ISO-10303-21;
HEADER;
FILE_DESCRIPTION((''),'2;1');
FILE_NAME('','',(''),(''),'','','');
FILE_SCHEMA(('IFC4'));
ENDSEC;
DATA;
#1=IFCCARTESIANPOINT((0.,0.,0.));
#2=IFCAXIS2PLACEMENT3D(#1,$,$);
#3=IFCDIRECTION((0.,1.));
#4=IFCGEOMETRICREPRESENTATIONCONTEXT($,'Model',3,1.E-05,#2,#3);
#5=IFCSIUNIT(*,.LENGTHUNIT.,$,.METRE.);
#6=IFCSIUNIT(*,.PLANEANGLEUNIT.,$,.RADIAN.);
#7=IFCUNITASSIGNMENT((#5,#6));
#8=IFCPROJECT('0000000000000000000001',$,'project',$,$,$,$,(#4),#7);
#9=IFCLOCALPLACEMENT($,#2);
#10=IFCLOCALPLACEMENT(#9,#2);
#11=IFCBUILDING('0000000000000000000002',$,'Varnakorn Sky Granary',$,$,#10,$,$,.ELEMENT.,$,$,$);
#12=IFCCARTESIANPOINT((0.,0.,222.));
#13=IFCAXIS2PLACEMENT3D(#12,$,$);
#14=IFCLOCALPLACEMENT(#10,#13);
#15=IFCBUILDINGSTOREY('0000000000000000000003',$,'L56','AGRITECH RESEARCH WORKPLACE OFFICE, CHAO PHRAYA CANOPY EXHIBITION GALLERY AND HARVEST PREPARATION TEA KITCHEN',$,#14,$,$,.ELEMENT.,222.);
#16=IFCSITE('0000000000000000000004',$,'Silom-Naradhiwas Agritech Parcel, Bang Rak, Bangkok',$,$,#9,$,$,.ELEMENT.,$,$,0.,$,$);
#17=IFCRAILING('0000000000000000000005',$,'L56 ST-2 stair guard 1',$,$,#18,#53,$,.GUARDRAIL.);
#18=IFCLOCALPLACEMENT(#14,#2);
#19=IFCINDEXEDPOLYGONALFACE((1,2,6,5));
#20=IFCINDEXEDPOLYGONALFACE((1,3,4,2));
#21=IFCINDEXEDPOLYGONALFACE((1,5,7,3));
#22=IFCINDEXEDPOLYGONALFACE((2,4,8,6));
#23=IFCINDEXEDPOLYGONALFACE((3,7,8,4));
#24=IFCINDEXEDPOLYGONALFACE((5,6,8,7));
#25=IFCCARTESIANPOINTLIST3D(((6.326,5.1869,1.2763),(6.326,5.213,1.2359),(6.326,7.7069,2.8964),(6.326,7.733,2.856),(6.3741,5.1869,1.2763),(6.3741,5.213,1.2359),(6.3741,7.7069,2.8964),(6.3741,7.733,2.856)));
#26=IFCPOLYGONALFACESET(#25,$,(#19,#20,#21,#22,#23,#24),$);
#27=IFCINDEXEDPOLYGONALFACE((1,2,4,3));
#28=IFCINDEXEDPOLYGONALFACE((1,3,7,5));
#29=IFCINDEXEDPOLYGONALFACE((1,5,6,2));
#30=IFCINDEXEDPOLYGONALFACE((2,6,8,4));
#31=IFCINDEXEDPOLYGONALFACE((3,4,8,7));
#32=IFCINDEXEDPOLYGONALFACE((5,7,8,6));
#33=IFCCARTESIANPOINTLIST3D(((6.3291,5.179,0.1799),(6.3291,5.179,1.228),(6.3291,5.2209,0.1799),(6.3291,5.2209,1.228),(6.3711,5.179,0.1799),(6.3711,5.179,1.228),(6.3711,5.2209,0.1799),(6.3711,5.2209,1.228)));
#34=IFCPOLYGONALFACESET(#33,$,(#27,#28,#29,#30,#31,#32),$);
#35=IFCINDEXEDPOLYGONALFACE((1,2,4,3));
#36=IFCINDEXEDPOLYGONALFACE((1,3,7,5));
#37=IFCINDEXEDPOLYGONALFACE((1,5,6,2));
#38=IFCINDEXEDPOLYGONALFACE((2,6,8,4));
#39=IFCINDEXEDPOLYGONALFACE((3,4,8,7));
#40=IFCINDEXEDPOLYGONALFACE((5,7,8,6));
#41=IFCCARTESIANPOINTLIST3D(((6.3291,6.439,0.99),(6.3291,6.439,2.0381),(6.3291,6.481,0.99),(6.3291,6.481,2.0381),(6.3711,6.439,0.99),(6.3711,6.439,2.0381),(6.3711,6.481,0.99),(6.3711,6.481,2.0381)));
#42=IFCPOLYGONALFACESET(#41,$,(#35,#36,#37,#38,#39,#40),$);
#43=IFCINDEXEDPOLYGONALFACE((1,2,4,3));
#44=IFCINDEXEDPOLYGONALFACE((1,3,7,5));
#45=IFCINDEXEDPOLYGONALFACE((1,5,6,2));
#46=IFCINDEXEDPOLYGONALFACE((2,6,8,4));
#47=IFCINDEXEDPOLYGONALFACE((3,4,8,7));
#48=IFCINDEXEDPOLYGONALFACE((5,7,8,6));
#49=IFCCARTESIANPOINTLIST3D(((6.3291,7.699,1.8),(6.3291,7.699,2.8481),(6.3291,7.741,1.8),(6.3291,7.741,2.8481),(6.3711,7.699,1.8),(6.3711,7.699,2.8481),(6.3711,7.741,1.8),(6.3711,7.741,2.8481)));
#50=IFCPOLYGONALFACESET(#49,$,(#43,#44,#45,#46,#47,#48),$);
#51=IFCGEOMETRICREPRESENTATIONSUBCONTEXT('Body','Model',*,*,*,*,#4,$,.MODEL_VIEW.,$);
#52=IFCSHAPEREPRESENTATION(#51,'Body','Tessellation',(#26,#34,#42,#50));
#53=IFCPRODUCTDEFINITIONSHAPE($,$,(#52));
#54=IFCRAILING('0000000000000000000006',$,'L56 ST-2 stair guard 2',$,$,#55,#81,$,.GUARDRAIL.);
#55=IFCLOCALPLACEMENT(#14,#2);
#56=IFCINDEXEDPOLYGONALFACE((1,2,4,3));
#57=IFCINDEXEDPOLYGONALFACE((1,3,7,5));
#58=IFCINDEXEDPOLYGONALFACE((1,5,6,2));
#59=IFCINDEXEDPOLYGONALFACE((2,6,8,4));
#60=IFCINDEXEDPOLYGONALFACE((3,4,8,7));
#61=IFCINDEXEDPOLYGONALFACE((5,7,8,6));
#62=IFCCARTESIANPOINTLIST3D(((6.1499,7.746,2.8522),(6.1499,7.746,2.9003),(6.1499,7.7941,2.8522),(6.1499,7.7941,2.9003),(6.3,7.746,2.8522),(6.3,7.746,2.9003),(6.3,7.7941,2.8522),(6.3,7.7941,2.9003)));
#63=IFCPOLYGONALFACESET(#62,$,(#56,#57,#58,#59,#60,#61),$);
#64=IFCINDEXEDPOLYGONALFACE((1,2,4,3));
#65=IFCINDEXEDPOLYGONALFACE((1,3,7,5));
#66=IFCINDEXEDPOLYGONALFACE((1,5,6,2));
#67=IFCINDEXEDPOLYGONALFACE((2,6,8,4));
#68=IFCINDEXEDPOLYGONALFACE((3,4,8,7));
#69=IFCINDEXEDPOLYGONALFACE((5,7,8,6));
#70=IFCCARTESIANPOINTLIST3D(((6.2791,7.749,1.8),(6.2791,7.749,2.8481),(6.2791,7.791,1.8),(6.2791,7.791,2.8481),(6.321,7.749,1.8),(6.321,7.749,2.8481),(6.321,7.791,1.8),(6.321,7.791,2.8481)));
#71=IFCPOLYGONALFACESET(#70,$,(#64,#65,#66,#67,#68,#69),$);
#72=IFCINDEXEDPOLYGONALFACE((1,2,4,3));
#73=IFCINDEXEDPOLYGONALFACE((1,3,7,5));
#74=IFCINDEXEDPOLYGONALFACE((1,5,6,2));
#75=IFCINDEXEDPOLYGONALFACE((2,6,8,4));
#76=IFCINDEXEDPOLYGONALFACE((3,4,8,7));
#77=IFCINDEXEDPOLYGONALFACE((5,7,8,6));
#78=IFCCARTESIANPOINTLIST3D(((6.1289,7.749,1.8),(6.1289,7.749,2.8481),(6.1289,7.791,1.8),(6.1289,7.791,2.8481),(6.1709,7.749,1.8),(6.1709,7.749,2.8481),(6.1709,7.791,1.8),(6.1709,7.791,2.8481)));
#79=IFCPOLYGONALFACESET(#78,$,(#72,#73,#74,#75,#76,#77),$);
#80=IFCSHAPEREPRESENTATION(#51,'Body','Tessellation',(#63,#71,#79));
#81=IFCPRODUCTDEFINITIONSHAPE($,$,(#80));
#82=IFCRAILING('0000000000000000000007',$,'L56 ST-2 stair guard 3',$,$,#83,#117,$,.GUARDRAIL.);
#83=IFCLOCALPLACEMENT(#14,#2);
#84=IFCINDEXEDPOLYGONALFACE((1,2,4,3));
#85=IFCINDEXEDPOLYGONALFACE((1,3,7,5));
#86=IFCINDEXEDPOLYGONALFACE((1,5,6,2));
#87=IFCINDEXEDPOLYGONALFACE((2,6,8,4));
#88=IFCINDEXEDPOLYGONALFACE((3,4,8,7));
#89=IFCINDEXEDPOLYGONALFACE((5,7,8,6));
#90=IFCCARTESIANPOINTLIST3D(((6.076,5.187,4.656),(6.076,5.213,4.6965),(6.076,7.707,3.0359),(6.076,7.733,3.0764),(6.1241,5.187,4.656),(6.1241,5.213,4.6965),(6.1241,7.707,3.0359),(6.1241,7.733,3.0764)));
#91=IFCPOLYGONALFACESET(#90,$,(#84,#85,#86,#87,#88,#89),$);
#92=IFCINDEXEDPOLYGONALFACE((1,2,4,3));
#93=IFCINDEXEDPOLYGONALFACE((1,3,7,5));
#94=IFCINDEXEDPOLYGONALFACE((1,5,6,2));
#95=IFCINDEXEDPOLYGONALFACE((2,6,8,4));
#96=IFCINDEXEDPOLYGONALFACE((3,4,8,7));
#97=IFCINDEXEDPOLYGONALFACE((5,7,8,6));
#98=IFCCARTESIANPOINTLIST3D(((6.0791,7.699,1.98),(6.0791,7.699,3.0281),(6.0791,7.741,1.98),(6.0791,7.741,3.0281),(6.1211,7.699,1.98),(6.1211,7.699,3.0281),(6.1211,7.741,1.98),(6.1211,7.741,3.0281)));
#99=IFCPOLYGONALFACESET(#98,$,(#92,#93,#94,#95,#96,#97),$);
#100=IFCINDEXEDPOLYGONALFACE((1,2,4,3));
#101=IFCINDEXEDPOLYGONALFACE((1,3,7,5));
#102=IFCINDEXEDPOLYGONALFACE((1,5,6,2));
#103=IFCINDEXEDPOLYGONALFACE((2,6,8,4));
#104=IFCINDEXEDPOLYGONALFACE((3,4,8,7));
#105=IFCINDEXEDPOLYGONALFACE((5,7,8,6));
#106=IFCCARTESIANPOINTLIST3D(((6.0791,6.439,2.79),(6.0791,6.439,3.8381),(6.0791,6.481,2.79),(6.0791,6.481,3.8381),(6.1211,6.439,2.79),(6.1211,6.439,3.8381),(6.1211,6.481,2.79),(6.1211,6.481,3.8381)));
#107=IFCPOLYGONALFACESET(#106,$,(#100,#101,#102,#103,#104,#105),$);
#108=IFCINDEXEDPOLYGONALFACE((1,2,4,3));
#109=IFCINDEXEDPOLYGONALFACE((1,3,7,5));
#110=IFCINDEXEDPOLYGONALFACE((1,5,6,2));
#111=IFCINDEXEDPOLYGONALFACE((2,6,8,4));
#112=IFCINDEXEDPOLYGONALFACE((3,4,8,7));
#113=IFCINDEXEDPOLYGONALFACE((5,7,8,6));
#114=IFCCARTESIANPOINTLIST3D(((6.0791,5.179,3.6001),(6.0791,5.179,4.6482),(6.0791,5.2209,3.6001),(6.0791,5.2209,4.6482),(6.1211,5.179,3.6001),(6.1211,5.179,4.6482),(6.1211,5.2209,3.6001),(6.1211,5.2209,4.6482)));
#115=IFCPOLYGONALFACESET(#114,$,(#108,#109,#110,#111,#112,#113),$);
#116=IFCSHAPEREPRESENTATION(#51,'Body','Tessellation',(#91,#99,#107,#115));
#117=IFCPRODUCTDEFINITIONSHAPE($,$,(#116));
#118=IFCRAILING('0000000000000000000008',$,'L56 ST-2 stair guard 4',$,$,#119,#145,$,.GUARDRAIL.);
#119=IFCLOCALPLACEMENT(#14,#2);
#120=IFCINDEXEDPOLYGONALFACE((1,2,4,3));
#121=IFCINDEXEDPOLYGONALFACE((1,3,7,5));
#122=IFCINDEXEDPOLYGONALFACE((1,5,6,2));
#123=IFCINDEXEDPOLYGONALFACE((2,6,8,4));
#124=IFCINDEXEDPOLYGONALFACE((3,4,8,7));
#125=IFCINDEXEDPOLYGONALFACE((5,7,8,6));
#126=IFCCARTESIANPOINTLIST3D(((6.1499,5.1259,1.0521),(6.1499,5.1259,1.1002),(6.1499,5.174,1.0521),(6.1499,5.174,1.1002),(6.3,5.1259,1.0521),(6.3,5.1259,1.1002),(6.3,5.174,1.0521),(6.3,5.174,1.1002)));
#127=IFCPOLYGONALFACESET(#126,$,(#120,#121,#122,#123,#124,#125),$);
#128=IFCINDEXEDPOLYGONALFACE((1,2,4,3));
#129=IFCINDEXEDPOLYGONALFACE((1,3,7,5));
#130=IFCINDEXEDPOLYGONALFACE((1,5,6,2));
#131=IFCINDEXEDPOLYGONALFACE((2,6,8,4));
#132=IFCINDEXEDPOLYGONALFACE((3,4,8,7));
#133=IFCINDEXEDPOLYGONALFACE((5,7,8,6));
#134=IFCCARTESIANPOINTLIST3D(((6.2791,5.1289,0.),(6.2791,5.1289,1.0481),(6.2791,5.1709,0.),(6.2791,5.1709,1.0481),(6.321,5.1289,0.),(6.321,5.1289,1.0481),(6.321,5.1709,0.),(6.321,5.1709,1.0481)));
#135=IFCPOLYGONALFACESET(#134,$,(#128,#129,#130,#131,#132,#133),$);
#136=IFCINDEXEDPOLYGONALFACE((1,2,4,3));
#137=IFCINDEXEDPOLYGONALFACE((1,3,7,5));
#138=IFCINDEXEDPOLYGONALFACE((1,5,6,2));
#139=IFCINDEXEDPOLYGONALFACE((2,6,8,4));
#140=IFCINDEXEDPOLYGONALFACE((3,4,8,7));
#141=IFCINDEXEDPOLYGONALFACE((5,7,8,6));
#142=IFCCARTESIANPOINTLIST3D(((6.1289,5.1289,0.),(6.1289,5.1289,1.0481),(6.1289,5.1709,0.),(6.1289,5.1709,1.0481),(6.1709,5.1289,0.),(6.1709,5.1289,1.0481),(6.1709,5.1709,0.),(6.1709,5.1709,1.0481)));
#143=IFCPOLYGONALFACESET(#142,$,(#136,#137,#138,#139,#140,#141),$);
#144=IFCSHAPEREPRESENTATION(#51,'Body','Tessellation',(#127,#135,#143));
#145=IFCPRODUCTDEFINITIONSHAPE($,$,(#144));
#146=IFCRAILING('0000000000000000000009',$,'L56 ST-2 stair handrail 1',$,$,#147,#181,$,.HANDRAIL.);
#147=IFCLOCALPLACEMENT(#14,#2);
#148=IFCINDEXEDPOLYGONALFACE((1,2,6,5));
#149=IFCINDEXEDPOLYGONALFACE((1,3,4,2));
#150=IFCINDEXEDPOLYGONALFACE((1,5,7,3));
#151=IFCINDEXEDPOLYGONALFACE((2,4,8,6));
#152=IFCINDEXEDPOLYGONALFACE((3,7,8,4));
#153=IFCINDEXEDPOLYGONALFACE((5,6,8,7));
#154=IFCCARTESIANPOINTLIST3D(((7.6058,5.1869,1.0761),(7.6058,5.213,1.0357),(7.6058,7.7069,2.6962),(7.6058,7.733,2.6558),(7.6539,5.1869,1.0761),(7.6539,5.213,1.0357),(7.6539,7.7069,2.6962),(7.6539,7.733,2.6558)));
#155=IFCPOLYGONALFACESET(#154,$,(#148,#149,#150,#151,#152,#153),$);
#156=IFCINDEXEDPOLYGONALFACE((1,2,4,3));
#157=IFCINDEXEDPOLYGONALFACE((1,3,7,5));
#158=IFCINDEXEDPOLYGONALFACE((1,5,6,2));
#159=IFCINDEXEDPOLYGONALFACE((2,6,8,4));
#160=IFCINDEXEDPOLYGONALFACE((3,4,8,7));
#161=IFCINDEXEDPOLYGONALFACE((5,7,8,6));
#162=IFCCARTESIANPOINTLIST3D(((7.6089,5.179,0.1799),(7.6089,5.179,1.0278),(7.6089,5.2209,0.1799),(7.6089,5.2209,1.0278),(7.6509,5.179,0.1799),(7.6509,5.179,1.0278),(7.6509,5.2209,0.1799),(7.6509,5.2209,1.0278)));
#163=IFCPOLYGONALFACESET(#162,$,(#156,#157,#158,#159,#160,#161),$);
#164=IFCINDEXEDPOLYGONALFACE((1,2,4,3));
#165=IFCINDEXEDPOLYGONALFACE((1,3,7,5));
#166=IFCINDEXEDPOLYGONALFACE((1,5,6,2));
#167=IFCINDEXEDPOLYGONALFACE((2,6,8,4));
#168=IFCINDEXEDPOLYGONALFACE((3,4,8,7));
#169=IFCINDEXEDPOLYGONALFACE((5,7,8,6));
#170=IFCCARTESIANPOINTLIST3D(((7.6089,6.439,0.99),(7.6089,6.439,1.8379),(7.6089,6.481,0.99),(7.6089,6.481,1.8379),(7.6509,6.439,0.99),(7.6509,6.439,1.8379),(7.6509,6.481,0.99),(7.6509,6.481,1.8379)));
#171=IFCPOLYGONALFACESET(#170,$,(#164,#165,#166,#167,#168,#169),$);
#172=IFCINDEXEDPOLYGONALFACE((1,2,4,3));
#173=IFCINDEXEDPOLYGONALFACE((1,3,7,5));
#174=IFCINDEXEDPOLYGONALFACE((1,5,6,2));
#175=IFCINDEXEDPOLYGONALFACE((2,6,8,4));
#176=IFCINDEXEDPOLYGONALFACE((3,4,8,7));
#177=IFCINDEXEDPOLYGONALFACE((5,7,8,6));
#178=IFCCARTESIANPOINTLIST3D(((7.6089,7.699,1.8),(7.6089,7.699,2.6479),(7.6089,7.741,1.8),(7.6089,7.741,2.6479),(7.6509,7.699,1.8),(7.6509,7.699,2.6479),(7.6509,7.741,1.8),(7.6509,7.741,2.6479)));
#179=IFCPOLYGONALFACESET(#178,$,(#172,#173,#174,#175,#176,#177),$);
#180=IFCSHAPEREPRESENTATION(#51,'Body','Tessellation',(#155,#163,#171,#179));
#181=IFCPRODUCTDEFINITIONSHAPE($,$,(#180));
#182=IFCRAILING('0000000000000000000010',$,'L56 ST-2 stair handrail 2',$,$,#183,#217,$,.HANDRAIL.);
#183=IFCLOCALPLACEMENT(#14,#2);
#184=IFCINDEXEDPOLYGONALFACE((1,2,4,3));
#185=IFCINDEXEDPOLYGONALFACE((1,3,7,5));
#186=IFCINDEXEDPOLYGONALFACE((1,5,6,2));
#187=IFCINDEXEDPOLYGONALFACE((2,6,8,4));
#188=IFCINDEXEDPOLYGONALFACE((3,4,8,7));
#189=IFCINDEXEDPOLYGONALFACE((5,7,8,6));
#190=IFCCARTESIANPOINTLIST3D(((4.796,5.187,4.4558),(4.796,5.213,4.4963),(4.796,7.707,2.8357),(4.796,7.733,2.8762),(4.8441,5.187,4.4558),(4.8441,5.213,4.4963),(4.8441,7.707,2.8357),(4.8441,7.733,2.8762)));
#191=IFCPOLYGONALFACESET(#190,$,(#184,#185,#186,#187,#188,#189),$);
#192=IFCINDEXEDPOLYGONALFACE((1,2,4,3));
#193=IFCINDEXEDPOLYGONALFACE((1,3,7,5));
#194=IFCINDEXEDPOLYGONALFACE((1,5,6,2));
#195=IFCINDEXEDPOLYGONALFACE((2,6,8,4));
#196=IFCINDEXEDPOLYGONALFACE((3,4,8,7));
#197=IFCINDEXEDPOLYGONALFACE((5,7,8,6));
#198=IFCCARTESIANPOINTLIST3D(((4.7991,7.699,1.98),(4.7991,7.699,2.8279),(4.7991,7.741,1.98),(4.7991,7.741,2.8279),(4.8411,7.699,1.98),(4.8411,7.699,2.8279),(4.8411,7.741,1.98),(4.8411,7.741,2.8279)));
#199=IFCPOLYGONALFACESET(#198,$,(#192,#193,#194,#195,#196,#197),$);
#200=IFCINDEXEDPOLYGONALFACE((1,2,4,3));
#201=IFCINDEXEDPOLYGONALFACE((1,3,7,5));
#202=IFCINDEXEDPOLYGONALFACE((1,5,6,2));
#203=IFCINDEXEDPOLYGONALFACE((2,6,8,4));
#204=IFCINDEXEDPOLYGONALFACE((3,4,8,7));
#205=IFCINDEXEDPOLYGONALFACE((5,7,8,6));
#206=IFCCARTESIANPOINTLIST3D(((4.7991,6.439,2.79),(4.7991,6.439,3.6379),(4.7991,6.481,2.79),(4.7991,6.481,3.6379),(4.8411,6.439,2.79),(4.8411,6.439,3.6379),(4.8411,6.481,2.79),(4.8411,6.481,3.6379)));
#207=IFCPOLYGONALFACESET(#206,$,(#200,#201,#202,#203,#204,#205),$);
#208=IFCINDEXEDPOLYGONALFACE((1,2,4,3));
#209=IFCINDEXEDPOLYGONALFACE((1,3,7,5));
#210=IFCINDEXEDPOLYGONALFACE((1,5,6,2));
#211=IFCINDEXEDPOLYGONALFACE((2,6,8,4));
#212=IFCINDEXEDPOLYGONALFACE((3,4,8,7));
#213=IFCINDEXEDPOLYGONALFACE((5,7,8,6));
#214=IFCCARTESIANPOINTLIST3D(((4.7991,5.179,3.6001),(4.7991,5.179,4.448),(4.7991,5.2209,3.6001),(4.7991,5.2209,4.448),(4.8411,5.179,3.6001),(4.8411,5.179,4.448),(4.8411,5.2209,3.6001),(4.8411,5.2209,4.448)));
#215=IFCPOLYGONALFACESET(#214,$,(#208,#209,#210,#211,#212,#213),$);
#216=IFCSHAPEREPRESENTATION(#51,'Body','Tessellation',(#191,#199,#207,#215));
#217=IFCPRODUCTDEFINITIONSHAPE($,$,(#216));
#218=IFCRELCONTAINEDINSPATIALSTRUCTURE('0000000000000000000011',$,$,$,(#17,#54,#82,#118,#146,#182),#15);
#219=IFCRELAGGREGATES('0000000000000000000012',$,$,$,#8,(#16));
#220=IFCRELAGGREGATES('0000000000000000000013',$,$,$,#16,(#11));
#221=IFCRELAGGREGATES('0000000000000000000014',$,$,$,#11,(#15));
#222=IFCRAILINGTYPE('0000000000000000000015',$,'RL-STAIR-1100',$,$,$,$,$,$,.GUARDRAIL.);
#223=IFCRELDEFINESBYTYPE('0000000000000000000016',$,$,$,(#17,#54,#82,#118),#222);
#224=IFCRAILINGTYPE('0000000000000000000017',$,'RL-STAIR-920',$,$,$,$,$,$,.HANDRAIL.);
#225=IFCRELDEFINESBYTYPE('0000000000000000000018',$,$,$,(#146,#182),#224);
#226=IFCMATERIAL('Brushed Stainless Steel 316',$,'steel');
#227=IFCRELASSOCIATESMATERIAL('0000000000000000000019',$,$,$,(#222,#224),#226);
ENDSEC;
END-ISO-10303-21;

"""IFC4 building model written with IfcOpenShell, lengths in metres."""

from ifc_helpers import new_model, si_unit, direction, frame, origin, origin_2d, place, context, subcontext, project, spatial, rectangle, extrude, material, type_object, element, save


model = new_model("IFC4")

# Units and contexts
model_context = context("Model", 3, precision=1e-05, world=origin(), true_north=direction((0.0, 1.0)))
body_context = subcontext(model_context, "Body", "Model", "MODEL_VIEW")
ifc_project = project(units=[si_unit("LENGTHUNIT", "METRE"), si_unit("PLANEANGLEUNIT", "RADIAN")], contexts=[model_context])

# Site, building, storey
site_placement = place(None, origin())
site = spatial("IfcSite", under=ifc_project, at=site_placement, Name="Silom-Naradhiwas Agritech Parcel, Bang Rak, Bangkok", CompositionType="ELEMENT", RefElevation=0.0)
building_placement = place(site_placement, origin())
building = spatial("IfcBuilding", under=site, at=building_placement, Name="Varnakorn Sky Granary", CompositionType="ELEMENT")
storey_placement = place(building_placement, frame((0.0, 0.0, 222.0)))
storey = spatial("IfcBuildingStorey", under=building, at=storey_placement, Name="L56", Description="AGRITECH RESEARCH WORKPLACE OFFICE, CHAO PHRAYA CANOPY EXHIBITION GALLERY AND HARVEST PREPARATION TEA KITCHEN", CompositionType="ELEMENT", Elevation=222.0)

# Railings
ifc_material_1 = material(Name="Brushed Stainless Steel 316", Category="steel")
railing_type_1 = type_object("IfcRailingType", Name="RL-STAIR-1100", PredefinedType="GUARDRAIL", material=ifc_material_1)
railing_1_placement = place(storey_placement, frame((6.3501, 5.2, 0.1799)))
element("IfcRailing", 1, at=railing_1_placement, inside=storey, type_object=railing_type_1, Name="L56 ST-2 stair guard 1", PredefinedType="GUARDRAIL", context=body_context, shape_type="SweptSolid", body=[
    extrude(rectangle(XDim=0.0481, YDim=0.0481, at=origin_2d()), frame((0.0, 0.0, 1.0762), z_axis=(0.0, 0.841163, 0.540782), x_axis=(-1.0, 0.0, 0.0)), (0.0, 0.0, 1.0), 2.9958),
    extrude(rectangle(XDim=0.042, YDim=0.042, at=origin_2d()), origin(), (0.0, 0.0, 1.0), 1.0481),
    extrude(rectangle(XDim=0.042, YDim=0.042, at=origin_2d()), frame((0.0, 1.26, 0.8101)), (0.0, 0.0, 1.0), 1.0481),
    extrude(rectangle(XDim=0.042, YDim=0.042, at=origin_2d()), frame((0.0, 2.52, 1.6201)), (0.0, 0.0, 1.0), 1.0481),
])
railing_2_placement = place(storey_placement, frame((6.3, 7.77, 1.8)))
element("IfcRailing", 2, at=railing_2_placement, inside=storey, type_object=railing_type_1, Name="L56 ST-2 stair guard 2", PredefinedType="GUARDRAIL", context=body_context, shape_type="SweptSolid", body=[
    extrude(rectangle(XDim=0.0481, YDim=0.0481, at=origin_2d()), frame((0.0, 0.0, 1.0762), z_axis=(-1.0, 0.0, 0.0), x_axis=(0.0, -1.0, 0.0)), (0.0, 0.0, 1.0), 0.1501),
    extrude(rectangle(XDim=0.042, YDim=0.042, at=origin_2d()), origin(), (0.0, 0.0, 1.0), 1.0481),
    extrude(rectangle(XDim=0.042, YDim=0.042, at=origin_2d()), frame((-0.1501, 0.0, 0.0)), (0.0, 0.0, 1.0), 1.0481),
])
railing_3_placement = place(storey_placement, frame((6.1001, 7.72, 1.98)))
element("IfcRailing", 3, at=railing_3_placement, inside=storey, type_object=railing_type_1, Name="L56 ST-2 stair guard 3", PredefinedType="GUARDRAIL", context=body_context, shape_type="SweptSolid", body=[
    extrude(rectangle(XDim=0.0481, YDim=0.0481, at=origin_2d()), frame((0.0, 0.0, 1.0762), z_axis=(0.0, -0.841163, 0.540782), x_axis=(1.0, 0.0, 0.0)), (0.0, 0.0, 1.0), 2.9958),
    extrude(rectangle(XDim=0.042, YDim=0.042, at=origin_2d()), origin(), (0.0, 0.0, 1.0), 1.0481),
    extrude(rectangle(XDim=0.042, YDim=0.042, at=origin_2d()), frame((0.0, -1.26, 0.8101)), (0.0, 0.0, 1.0), 1.0481),
    extrude(rectangle(XDim=0.042, YDim=0.042, at=origin_2d()), frame((0.0, -2.52, 1.6201)), (0.0, 0.0, 1.0), 1.0481),
])
railing_4_placement = place(storey_placement, frame((6.3, 5.1499, 0.0)))
element("IfcRailing", 4, at=railing_4_placement, inside=storey, type_object=railing_type_1, Name="L56 ST-2 stair guard 4", PredefinedType="GUARDRAIL", context=body_context, shape_type="SweptSolid", body=[
    extrude(rectangle(XDim=0.0481, YDim=0.0481, at=origin_2d()), frame((0.0, 0.0, 1.0762), z_axis=(-1.0, 0.0, 0.0), x_axis=(0.0, -1.0, 0.0)), (0.0, 0.0, 1.0), 0.1501),
    extrude(rectangle(XDim=0.042, YDim=0.042, at=origin_2d()), origin(), (0.0, 0.0, 1.0), 1.0481),
    extrude(rectangle(XDim=0.042, YDim=0.042, at=origin_2d()), frame((-0.1501, 0.0, 0.0)), (0.0, 0.0, 1.0), 1.0481),
])
railing_type_2 = type_object("IfcRailingType", Name="RL-STAIR-920", PredefinedType="HANDRAIL", material=ifc_material_1)
railing_5_placement = place(storey_placement, frame((7.6299, 5.2, 0.1799)))
element("IfcRailing", 5, at=railing_5_placement, inside=storey, type_object=railing_type_2, Name="L56 ST-2 stair handrail 1", PredefinedType="HANDRAIL", context=body_context, shape_type="SweptSolid", body=[
    extrude(rectangle(XDim=0.0481, YDim=0.0481, at=origin_2d()), frame((0.0, 0.0, 0.876), z_axis=(0.0, 0.841163, 0.540782), x_axis=(-1.0, 0.0, 0.0)), (0.0, 0.0, 1.0), 2.9958),
    extrude(rectangle(XDim=0.042, YDim=0.042, at=origin_2d()), origin(), (0.0, 0.0, 1.0), 0.8479),
    extrude(rectangle(XDim=0.042, YDim=0.042, at=origin_2d()), frame((0.0, 1.26, 0.8101)), (0.0, 0.0, 1.0), 0.8479),
    extrude(rectangle(XDim=0.042, YDim=0.042, at=origin_2d()), frame((0.0, 2.52, 1.6201)), (0.0, 0.0, 1.0), 0.8479),
])
railing_6_placement = place(storey_placement, frame((4.8201, 7.72, 1.98)))
element("IfcRailing", 6, at=railing_6_placement, inside=storey, type_object=railing_type_2, Name="L56 ST-2 stair handrail 2", PredefinedType="HANDRAIL", context=body_context, shape_type="SweptSolid", body=[
    extrude(rectangle(XDim=0.0481, YDim=0.0481, at=origin_2d()), frame((0.0, 0.0, 0.876), z_axis=(0.0, -0.841163, 0.540782), x_axis=(1.0, 0.0, 0.0)), (0.0, 0.0, 1.0), 2.9958),
    extrude(rectangle(XDim=0.042, YDim=0.042, at=origin_2d()), origin(), (0.0, 0.0, 1.0), 0.8479),
    extrude(rectangle(XDim=0.042, YDim=0.042, at=origin_2d()), frame((0.0, -1.26, 0.8101)), (0.0, 0.0, 1.0), 0.8479),
    extrude(rectangle(XDim=0.042, YDim=0.042, at=origin_2d()), frame((0.0, -2.52, 1.6201)), (0.0, 0.0, 1.0), 0.8479),
])

save(model, "model.ifc")
